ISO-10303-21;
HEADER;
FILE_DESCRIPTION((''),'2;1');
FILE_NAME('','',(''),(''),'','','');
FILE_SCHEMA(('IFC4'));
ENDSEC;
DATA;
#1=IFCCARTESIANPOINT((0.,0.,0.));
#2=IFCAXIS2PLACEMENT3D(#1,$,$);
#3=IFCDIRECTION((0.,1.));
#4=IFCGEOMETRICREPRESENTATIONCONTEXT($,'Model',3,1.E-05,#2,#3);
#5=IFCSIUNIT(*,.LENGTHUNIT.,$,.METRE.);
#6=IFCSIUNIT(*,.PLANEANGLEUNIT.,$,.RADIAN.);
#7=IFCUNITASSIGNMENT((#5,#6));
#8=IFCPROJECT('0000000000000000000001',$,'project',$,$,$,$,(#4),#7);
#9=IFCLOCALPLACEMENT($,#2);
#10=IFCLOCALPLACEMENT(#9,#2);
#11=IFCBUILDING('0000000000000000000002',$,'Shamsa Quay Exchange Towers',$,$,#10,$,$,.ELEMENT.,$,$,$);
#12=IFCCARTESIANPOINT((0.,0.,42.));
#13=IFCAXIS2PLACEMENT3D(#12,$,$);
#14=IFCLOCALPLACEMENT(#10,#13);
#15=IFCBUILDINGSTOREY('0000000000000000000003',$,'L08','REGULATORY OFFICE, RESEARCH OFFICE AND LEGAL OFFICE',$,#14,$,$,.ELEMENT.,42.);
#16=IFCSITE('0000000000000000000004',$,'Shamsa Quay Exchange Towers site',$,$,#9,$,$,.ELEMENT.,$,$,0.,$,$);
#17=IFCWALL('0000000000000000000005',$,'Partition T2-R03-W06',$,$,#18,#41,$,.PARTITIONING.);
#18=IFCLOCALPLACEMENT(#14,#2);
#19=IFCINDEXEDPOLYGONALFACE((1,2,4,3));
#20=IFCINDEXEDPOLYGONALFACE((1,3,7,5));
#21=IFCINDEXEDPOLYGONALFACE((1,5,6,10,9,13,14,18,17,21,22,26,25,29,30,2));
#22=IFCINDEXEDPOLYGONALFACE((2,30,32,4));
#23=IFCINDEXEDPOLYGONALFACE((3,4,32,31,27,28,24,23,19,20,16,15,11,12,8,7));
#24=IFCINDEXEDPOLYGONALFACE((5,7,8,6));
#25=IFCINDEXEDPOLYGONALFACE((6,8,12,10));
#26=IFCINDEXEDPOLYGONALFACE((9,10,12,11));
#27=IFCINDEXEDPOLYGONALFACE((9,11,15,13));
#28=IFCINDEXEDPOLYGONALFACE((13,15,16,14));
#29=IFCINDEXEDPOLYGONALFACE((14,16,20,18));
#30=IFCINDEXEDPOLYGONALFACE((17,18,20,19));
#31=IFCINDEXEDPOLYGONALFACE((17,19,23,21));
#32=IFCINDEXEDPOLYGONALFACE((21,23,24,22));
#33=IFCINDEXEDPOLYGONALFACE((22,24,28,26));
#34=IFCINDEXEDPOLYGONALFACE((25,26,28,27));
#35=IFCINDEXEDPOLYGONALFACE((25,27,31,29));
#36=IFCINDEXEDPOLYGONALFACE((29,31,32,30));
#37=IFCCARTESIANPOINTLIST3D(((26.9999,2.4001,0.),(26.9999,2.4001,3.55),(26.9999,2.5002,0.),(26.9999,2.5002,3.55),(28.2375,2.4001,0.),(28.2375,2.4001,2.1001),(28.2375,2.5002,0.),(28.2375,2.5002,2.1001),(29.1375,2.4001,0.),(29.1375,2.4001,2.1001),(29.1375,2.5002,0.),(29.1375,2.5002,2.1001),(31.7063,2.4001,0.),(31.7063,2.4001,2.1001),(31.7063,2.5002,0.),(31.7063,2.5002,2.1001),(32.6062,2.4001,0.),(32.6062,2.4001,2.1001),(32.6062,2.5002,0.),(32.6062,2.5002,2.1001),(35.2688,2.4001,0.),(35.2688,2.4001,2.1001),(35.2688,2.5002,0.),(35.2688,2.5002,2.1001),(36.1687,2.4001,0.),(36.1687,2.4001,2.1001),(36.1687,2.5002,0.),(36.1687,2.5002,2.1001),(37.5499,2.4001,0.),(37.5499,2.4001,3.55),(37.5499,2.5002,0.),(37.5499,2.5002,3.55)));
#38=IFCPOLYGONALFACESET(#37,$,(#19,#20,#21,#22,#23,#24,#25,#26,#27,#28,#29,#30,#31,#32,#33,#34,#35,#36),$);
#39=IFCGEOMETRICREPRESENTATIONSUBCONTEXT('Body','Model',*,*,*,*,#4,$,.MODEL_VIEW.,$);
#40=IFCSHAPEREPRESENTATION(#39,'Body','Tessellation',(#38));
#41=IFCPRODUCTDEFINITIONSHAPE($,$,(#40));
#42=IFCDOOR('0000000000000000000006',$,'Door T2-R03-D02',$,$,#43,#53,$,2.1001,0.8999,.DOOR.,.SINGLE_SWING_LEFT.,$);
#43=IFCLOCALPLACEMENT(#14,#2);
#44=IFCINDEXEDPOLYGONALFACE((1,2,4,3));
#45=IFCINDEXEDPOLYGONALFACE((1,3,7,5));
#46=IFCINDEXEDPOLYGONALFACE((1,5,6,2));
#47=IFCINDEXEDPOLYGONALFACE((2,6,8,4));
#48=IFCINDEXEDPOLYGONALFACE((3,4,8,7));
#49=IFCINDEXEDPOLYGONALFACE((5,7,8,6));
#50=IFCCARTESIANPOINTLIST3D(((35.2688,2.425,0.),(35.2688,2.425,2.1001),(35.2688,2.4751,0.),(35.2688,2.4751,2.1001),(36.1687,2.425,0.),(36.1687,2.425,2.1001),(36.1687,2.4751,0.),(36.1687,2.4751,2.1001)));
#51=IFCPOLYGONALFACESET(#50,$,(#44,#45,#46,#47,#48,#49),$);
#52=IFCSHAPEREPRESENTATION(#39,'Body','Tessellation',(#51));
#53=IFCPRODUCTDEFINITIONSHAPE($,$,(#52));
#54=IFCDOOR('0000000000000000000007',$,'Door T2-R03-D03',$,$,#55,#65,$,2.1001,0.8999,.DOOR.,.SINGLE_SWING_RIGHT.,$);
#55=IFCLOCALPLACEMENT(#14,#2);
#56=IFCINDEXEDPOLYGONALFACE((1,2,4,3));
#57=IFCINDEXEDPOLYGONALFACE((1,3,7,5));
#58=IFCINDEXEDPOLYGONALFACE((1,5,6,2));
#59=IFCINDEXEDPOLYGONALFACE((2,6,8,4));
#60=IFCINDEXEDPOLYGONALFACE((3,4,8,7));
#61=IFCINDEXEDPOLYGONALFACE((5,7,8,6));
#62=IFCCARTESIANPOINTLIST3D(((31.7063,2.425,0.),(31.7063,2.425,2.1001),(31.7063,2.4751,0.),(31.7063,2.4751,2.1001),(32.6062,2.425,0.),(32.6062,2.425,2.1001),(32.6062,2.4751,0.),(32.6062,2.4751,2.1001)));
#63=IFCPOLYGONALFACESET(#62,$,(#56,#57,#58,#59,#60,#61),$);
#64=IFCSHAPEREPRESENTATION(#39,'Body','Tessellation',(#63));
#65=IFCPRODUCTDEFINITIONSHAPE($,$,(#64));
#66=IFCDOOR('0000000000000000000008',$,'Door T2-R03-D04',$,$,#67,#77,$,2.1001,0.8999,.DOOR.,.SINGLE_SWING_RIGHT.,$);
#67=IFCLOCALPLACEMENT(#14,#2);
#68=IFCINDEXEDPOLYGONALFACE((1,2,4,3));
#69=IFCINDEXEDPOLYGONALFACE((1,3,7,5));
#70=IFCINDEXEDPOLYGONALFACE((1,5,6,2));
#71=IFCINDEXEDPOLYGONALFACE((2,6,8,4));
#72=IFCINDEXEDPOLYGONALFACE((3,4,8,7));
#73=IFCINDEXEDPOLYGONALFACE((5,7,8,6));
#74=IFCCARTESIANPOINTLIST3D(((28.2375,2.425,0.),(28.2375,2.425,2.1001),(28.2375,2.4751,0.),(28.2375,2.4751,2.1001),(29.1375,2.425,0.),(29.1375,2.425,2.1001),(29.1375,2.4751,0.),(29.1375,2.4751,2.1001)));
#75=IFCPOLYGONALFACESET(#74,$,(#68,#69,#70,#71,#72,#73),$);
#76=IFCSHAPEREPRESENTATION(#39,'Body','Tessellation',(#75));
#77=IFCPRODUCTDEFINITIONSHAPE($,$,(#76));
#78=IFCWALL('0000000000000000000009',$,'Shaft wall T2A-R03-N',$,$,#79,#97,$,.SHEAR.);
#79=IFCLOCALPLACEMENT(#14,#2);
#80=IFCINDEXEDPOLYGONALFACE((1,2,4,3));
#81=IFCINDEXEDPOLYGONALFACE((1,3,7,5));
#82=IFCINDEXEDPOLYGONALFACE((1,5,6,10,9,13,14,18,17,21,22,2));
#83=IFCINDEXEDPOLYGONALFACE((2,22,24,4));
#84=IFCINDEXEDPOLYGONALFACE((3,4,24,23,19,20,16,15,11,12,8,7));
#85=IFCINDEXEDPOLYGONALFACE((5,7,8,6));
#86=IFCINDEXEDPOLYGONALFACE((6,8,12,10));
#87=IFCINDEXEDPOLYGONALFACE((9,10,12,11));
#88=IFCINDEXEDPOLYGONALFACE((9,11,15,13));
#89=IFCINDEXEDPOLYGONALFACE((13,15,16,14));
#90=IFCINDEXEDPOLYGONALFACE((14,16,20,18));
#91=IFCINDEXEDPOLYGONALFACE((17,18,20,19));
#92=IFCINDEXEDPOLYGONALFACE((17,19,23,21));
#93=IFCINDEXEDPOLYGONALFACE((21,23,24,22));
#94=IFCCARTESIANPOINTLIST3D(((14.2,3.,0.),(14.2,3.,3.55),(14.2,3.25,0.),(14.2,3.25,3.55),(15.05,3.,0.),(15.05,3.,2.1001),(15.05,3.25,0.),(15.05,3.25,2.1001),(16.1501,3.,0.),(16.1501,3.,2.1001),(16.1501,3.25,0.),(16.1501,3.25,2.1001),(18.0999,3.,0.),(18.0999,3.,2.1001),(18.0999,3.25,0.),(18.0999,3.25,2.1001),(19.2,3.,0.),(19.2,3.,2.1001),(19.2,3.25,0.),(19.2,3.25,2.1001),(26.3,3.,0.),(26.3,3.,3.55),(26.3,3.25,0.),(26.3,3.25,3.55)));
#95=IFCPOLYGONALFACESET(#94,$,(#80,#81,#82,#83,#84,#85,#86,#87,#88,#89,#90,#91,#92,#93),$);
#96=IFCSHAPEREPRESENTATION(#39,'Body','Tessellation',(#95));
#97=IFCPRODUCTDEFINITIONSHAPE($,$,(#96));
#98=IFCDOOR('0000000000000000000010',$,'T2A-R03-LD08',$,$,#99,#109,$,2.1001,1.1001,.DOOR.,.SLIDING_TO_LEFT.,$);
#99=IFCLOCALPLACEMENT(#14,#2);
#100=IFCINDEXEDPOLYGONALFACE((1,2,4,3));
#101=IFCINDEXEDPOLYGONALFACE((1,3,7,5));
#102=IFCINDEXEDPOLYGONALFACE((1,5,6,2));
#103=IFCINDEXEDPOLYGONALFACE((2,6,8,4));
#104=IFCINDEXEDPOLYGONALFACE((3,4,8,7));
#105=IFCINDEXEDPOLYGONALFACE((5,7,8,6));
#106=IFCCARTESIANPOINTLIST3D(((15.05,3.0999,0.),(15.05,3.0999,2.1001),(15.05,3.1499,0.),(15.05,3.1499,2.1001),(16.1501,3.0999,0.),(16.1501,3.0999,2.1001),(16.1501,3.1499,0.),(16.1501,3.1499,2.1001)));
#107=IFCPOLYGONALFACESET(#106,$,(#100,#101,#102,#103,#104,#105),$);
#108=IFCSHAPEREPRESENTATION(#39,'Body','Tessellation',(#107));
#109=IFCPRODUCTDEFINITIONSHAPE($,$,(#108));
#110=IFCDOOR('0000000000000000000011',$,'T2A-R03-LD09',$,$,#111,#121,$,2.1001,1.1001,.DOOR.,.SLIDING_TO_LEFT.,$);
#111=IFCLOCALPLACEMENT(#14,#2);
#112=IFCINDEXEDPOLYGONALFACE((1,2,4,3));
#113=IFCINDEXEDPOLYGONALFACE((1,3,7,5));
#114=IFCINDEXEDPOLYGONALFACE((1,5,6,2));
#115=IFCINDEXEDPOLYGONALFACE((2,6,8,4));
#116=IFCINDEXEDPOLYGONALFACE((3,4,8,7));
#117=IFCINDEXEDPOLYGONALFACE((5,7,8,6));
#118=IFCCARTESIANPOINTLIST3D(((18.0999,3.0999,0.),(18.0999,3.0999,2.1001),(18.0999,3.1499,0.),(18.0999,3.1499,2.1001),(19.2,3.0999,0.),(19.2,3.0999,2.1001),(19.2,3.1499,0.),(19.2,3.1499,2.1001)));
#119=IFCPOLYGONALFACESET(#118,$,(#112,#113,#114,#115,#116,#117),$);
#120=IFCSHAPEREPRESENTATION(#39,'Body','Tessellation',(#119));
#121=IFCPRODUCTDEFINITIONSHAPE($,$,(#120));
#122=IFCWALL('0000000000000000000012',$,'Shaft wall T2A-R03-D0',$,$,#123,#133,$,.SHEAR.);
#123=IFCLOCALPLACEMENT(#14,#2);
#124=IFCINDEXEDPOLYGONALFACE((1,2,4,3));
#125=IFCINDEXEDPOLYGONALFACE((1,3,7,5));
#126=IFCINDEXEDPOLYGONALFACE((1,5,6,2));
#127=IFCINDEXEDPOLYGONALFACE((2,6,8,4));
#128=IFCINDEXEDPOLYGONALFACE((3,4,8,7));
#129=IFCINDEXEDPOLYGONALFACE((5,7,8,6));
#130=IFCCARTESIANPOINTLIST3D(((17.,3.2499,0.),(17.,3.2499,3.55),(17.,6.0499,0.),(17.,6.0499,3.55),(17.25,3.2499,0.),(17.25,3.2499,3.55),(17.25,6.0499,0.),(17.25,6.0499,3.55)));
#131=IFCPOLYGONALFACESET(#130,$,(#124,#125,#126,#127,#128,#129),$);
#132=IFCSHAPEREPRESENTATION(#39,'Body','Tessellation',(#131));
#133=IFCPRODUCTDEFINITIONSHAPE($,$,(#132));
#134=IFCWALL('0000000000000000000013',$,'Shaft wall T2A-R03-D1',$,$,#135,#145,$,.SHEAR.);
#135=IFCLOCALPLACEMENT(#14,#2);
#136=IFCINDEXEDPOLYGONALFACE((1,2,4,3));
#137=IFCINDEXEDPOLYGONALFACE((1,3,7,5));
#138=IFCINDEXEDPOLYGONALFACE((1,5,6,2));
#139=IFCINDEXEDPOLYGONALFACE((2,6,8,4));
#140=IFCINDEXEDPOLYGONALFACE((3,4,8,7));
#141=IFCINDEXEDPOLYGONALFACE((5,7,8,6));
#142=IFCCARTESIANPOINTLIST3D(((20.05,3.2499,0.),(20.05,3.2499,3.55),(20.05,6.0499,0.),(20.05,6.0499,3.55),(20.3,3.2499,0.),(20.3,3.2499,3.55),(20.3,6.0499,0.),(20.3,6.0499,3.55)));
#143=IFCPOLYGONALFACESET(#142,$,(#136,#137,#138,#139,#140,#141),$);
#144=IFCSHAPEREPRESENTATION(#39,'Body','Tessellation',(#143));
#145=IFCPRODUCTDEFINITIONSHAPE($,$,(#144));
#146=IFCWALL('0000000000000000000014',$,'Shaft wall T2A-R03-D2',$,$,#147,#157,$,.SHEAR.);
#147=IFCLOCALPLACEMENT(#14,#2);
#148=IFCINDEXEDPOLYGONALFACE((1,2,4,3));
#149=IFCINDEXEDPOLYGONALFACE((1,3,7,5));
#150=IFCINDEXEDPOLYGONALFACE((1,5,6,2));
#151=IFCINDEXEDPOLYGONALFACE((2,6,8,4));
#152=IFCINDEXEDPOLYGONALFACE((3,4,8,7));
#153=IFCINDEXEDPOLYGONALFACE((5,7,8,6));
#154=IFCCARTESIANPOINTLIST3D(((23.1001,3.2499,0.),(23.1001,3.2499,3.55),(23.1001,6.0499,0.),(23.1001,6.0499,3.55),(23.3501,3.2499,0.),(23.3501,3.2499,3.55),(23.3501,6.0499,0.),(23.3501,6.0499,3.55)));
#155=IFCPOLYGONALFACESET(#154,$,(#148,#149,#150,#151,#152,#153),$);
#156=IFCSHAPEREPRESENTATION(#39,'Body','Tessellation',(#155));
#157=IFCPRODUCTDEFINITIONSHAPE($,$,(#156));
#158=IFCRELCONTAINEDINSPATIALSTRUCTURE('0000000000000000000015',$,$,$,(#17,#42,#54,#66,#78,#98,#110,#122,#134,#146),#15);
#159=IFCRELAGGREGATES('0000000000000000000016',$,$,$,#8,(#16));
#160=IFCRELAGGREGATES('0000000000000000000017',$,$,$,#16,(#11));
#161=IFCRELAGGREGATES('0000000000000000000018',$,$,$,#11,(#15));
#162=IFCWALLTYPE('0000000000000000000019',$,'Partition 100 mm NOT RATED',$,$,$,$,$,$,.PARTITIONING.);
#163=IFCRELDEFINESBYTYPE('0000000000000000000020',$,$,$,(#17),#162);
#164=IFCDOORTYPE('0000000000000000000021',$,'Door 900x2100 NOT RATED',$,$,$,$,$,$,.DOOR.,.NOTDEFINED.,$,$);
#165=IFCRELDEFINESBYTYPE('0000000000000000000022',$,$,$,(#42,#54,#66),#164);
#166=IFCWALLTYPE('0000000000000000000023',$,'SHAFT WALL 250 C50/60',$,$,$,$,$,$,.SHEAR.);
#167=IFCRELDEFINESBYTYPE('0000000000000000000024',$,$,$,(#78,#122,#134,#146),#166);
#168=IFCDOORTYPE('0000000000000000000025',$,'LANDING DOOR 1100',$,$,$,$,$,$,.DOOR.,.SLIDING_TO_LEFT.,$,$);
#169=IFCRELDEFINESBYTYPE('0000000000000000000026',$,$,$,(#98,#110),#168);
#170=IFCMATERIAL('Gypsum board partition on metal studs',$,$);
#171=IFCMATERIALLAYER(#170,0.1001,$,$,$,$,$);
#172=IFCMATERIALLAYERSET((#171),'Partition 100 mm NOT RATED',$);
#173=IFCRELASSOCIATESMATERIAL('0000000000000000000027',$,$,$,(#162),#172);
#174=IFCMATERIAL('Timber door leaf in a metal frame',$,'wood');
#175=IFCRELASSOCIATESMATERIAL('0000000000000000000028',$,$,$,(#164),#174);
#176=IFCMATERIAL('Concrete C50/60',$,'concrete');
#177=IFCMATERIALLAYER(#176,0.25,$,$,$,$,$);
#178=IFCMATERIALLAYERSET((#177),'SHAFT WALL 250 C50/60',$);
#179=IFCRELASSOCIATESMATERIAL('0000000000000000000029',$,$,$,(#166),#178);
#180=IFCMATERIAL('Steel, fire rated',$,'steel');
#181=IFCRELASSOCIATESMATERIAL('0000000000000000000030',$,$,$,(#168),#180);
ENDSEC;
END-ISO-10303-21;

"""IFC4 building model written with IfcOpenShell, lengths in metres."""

from ifc_helpers import new_model, si_unit, direction, frame, frame_2d, origin, place, context, subcontext, project, spatial, rectangle, extrude, material, layer, layer_set, type_object, element, fill, save


model = new_model("IFC4")

# Units and contexts
model_context = context("Model", 3, precision=1e-05, world=origin(), true_north=direction((0.0, 1.0)))
body_context = subcontext(model_context, "Body", "Model", "MODEL_VIEW")
ifc_project = project(units=[si_unit("LENGTHUNIT", "METRE"), si_unit("PLANEANGLEUNIT", "RADIAN")], contexts=[model_context])

# Site, building, storey
site_placement = place(None, origin())
site = spatial("IfcSite", under=ifc_project, at=site_placement, Name="Shamsa Quay Exchange Towers site", CompositionType="ELEMENT", RefElevation=0.0)
building_placement = place(site_placement, origin())
building = spatial("IfcBuilding", under=site, at=building_placement, Name="Shamsa Quay Exchange Towers", CompositionType="ELEMENT")
storey_placement = place(building_placement, frame((0.0, 0.0, 42.0)))
storey = spatial("IfcBuildingStorey", under=building, at=storey_placement, Name="L08", Description="REGULATORY OFFICE, RESEARCH OFFICE AND LEGAL OFFICE", CompositionType="ELEMENT", Elevation=42.0)

# Shared definitions
ifc_material_1 = material(Name="Concrete C50/60", Category="concrete")

# Walls, openings, doors
ifc_material_2 = material(Name="Gypsum board partition on metal studs")
ifc_layer_1 = layer(ifc_material_2, 0.1001)
ifc_layer_set_1 = layer_set([ifc_layer_1], Name="Partition 100 mm NOT RATED")
wall_type_1 = type_object("IfcWallType", Name="Partition 100 mm NOT RATED", PredefinedType="PARTITIONING", material=ifc_layer_set_1)
wall_1_placement = place(storey_placement, frame((27.0, 2.4502, 0.0)))
wall_1 = element("IfcWall", 1, at=wall_1_placement, inside=storey, type_object=wall_type_1, Name="Partition T2-R03-W06", PredefinedType="PARTITIONING", context=body_context, shape_type="SweptSolid", body=[
    extrude(rectangle(XDim=10.55, YDim=0.1001, at=frame_2d((5.2749, 0.0))), origin(), (0.0, 0.0, 1.0), 3.55),
])
opening_1_placement = place(wall_1_placement, frame((8.2688, 0.0, 0.0)))
opening_1 = element("IfcOpeningElement", 2, at=opening_1_placement, cuts=wall_1, PredefinedType="OPENING", context=body_context, shape_type="SweptSolid", body=[
    extrude(rectangle(XDim=0.8999, YDim=2.1001, at=frame_2d((0.45, 1.05))), frame((0.0, 0.0601, 0.0), z_axis=(0.0, -1.0, 0.0), x_axis=(1.0, 0.0, 0.0)), (0.0, 0.0, 1.0), 0.1201),
])
opening_2_placement = place(wall_1_placement, frame((4.7063, 0.0, 0.0)))
opening_2 = element("IfcOpeningElement", 3, at=opening_2_placement, cuts=wall_1, PredefinedType="OPENING", context=body_context, shape_type="SweptSolid", body=[
    extrude(rectangle(XDim=0.8999, YDim=2.1001, at=frame_2d((0.45, 1.05))), frame((0.0, 0.0601, 0.0), z_axis=(0.0, -1.0, 0.0), x_axis=(1.0, 0.0, 0.0)), (0.0, 0.0, 1.0), 0.1201),
])
opening_3_placement = place(wall_1_placement, frame((1.2375, 0.0, 0.0)))
opening_3 = element("IfcOpeningElement", 4, at=opening_3_placement, cuts=wall_1, PredefinedType="OPENING", context=body_context, shape_type="SweptSolid", body=[
    extrude(rectangle(XDim=0.8999, YDim=2.1001, at=frame_2d((0.45, 1.05))), frame((0.0, 0.0601, 0.0), z_axis=(0.0, -1.0, 0.0), x_axis=(1.0, 0.0, 0.0)), (0.0, 0.0, 1.0), 0.1201),
])
ifc_material_3 = material(Name="Timber door leaf in a metal frame", Category="wood")
door_type_1 = type_object("IfcDoorType", Name="Door 900x2100 NOT RATED", OperationType="NOTDEFINED", PredefinedType="DOOR", material=ifc_material_3)
door_1_placement = place(opening_1_placement, origin())
door_1 = element("IfcDoor", 5, at=door_1_placement, inside=storey, type_object=door_type_1, Name="Door T2-R03-D02", OperationType="SINGLE_SWING_LEFT", OverallHeight=2.1001, OverallWidth=0.8999, PredefinedType="DOOR", context=body_context, shape_type="SweptSolid", body=[
    extrude(rectangle(XDim=0.8999, YDim=2.1001, at=frame_2d((0.45, 1.05))), frame((0.0, 0.0249, 0.0), z_axis=(0.0, -1.0, 0.0), x_axis=(1.0, 0.0, 0.0)), (0.0, 0.0, 1.0), 0.05),
])
fill(opening_1, door_1)
door_2_placement = place(opening_2_placement, origin())
door_2 = element("IfcDoor", 6, at=door_2_placement, inside=storey, type_object=door_type_1, Name="Door T2-R03-D03", OperationType="SINGLE_SWING_RIGHT", OverallHeight=2.1001, OverallWidth=0.8999, PredefinedType="DOOR", context=body_context, shape_type="SweptSolid", body=[
    extrude(rectangle(XDim=0.8999, YDim=2.1001, at=frame_2d((0.45, 1.05))), frame((0.0, 0.0249, 0.0), z_axis=(0.0, -1.0, 0.0), x_axis=(1.0, 0.0, 0.0)), (0.0, 0.0, 1.0), 0.05),
])
fill(opening_2, door_2)
door_3_placement = place(opening_3_placement, origin())
door_3 = element("IfcDoor", 7, at=door_3_placement, inside=storey, type_object=door_type_1, Name="Door T2-R03-D04", OperationType="SINGLE_SWING_RIGHT", OverallHeight=2.1001, OverallWidth=0.8999, PredefinedType="DOOR", context=body_context, shape_type="SweptSolid", body=[
    extrude(rectangle(XDim=0.8999, YDim=2.1001, at=frame_2d((0.45, 1.05))), frame((0.0, 0.0249, 0.0), z_axis=(0.0, -1.0, 0.0), x_axis=(1.0, 0.0, 0.0)), (0.0, 0.0, 1.0), 0.05),
])
fill(opening_3, door_3)
ifc_layer_2 = layer(ifc_material_1, 0.25)
ifc_layer_set_2 = layer_set([ifc_layer_2], Name="SHAFT WALL 250 C50/60")
wall_type_2 = type_object("IfcWallType", Name="SHAFT WALL 250 C50/60", PredefinedType="SHEAR", material=ifc_layer_set_2)
wall_2_placement = place(storey_placement, frame((14.2, 3.125, 0.0)))
wall_2 = element("IfcWall", 8, at=wall_2_placement, inside=storey, type_object=wall_type_2, Name="Shaft wall T2A-R03-N", PredefinedType="SHEAR", context=body_context, shape_type="SweptSolid", body=[
    extrude(rectangle(XDim=12.1001, YDim=0.25, at=frame_2d((6.05, 0.0))), origin(), (0.0, 0.0, 1.0), 3.55),
])
opening_4_placement = place(wall_2_placement, frame((0.8501, 0.0, 0.0)))
opening_4 = element("IfcOpeningElement", 9, at=opening_4_placement, cuts=wall_2, PredefinedType="OPENING", context=body_context, shape_type="SweptSolid", body=[
    extrude(rectangle(XDim=1.1001, YDim=2.1001, at=frame_2d((0.55, 1.05))), frame((0.0, 0.135, 0.0), z_axis=(0.0, -1.0, 0.0), x_axis=(1.0, 0.0, 0.0)), (0.0, 0.0, 1.0), 0.27),
])
opening_5_placement = place(wall_2_placement, frame((3.8999, 0.0, 0.0)))
opening_5 = element("IfcOpeningElement", 10, at=opening_5_placement, cuts=wall_2, PredefinedType="OPENING", context=body_context, shape_type="SweptSolid", body=[
    extrude(rectangle(XDim=1.1001, YDim=2.1001, at=frame_2d((0.55, 1.05))), frame((0.0, 0.135, 0.0), z_axis=(0.0, -1.0, 0.0), x_axis=(1.0, 0.0, 0.0)), (0.0, 0.0, 1.0), 0.27),
])
ifc_material_4 = material(Name="Steel, fire rated", Category="steel")
door_type_2 = type_object("IfcDoorType", Name="LANDING DOOR 1100", OperationType="SLIDING_TO_LEFT", PredefinedType="DOOR", material=ifc_material_4)
door_4_placement = place(opening_4_placement, origin())
door_4 = element("IfcDoor", 11, at=door_4_placement, inside=storey, type_object=door_type_2, Name="T2A-R03-LD08", OperationType="SLIDING_TO_LEFT", OverallHeight=2.1001, OverallWidth=1.1001, PredefinedType="DOOR", context=body_context, shape_type="SweptSolid", body=[
    extrude(rectangle(XDim=1.1001, YDim=2.1001, at=frame_2d((0.55, 1.05))), frame((0.0, 0.0249, 0.0), z_axis=(0.0, -1.0, 0.0), x_axis=(1.0, 0.0, 0.0)), (0.0, 0.0, 1.0), 0.05),
])
fill(opening_4, door_4)
door_5_placement = place(opening_5_placement, origin())
door_5 = element("IfcDoor", 12, at=door_5_placement, inside=storey, type_object=door_type_2, Name="T2A-R03-LD09", OperationType="SLIDING_TO_LEFT", OverallHeight=2.1001, OverallWidth=1.1001, PredefinedType="DOOR", context=body_context, shape_type="SweptSolid", body=[
    extrude(rectangle(XDim=1.1001, YDim=2.1001, at=frame_2d((0.55, 1.05))), frame((0.0, 0.0249, 0.0), z_axis=(0.0, -1.0, 0.0), x_axis=(1.0, 0.0, 0.0)), (0.0, 0.0, 1.0), 0.05),
])
fill(opening_5, door_5)

# Walls
for number, where, z_axis, x_axis, name in (
    (13, (17.125, 3.25, 0.0), (0.0, 0.0, 1.0), (0.0, 1.0, 0.0), "Shaft wall T2A-R03-D0"),
    (14, (20.175, 3.25, 0.0), (0.0, 0.0, 1.0), (0.0, 1.0, 0.0), "Shaft wall T2A-R03-D1"),
    (15, (23.2251, 3.25, 0.0), (0.0, 0.0, 1.0), (0.0, 1.0, 0.0), "Shaft wall T2A-R03-D2"),
):
    element("IfcWall", number, at=place(storey_placement, frame(where, z_axis=z_axis, x_axis=x_axis)), inside=storey, type_object=wall_type_2, Name=name, PredefinedType="SHEAR", context=body_context, shape_type="SweptSolid", body=[
        extrude(rectangle(XDim=2.8, YDim=0.25, at=frame_2d((1.3999, 0.0))), origin(), (0.0, 0.0, 1.0), 3.55),
    ])

save(model, "model.ifc")
